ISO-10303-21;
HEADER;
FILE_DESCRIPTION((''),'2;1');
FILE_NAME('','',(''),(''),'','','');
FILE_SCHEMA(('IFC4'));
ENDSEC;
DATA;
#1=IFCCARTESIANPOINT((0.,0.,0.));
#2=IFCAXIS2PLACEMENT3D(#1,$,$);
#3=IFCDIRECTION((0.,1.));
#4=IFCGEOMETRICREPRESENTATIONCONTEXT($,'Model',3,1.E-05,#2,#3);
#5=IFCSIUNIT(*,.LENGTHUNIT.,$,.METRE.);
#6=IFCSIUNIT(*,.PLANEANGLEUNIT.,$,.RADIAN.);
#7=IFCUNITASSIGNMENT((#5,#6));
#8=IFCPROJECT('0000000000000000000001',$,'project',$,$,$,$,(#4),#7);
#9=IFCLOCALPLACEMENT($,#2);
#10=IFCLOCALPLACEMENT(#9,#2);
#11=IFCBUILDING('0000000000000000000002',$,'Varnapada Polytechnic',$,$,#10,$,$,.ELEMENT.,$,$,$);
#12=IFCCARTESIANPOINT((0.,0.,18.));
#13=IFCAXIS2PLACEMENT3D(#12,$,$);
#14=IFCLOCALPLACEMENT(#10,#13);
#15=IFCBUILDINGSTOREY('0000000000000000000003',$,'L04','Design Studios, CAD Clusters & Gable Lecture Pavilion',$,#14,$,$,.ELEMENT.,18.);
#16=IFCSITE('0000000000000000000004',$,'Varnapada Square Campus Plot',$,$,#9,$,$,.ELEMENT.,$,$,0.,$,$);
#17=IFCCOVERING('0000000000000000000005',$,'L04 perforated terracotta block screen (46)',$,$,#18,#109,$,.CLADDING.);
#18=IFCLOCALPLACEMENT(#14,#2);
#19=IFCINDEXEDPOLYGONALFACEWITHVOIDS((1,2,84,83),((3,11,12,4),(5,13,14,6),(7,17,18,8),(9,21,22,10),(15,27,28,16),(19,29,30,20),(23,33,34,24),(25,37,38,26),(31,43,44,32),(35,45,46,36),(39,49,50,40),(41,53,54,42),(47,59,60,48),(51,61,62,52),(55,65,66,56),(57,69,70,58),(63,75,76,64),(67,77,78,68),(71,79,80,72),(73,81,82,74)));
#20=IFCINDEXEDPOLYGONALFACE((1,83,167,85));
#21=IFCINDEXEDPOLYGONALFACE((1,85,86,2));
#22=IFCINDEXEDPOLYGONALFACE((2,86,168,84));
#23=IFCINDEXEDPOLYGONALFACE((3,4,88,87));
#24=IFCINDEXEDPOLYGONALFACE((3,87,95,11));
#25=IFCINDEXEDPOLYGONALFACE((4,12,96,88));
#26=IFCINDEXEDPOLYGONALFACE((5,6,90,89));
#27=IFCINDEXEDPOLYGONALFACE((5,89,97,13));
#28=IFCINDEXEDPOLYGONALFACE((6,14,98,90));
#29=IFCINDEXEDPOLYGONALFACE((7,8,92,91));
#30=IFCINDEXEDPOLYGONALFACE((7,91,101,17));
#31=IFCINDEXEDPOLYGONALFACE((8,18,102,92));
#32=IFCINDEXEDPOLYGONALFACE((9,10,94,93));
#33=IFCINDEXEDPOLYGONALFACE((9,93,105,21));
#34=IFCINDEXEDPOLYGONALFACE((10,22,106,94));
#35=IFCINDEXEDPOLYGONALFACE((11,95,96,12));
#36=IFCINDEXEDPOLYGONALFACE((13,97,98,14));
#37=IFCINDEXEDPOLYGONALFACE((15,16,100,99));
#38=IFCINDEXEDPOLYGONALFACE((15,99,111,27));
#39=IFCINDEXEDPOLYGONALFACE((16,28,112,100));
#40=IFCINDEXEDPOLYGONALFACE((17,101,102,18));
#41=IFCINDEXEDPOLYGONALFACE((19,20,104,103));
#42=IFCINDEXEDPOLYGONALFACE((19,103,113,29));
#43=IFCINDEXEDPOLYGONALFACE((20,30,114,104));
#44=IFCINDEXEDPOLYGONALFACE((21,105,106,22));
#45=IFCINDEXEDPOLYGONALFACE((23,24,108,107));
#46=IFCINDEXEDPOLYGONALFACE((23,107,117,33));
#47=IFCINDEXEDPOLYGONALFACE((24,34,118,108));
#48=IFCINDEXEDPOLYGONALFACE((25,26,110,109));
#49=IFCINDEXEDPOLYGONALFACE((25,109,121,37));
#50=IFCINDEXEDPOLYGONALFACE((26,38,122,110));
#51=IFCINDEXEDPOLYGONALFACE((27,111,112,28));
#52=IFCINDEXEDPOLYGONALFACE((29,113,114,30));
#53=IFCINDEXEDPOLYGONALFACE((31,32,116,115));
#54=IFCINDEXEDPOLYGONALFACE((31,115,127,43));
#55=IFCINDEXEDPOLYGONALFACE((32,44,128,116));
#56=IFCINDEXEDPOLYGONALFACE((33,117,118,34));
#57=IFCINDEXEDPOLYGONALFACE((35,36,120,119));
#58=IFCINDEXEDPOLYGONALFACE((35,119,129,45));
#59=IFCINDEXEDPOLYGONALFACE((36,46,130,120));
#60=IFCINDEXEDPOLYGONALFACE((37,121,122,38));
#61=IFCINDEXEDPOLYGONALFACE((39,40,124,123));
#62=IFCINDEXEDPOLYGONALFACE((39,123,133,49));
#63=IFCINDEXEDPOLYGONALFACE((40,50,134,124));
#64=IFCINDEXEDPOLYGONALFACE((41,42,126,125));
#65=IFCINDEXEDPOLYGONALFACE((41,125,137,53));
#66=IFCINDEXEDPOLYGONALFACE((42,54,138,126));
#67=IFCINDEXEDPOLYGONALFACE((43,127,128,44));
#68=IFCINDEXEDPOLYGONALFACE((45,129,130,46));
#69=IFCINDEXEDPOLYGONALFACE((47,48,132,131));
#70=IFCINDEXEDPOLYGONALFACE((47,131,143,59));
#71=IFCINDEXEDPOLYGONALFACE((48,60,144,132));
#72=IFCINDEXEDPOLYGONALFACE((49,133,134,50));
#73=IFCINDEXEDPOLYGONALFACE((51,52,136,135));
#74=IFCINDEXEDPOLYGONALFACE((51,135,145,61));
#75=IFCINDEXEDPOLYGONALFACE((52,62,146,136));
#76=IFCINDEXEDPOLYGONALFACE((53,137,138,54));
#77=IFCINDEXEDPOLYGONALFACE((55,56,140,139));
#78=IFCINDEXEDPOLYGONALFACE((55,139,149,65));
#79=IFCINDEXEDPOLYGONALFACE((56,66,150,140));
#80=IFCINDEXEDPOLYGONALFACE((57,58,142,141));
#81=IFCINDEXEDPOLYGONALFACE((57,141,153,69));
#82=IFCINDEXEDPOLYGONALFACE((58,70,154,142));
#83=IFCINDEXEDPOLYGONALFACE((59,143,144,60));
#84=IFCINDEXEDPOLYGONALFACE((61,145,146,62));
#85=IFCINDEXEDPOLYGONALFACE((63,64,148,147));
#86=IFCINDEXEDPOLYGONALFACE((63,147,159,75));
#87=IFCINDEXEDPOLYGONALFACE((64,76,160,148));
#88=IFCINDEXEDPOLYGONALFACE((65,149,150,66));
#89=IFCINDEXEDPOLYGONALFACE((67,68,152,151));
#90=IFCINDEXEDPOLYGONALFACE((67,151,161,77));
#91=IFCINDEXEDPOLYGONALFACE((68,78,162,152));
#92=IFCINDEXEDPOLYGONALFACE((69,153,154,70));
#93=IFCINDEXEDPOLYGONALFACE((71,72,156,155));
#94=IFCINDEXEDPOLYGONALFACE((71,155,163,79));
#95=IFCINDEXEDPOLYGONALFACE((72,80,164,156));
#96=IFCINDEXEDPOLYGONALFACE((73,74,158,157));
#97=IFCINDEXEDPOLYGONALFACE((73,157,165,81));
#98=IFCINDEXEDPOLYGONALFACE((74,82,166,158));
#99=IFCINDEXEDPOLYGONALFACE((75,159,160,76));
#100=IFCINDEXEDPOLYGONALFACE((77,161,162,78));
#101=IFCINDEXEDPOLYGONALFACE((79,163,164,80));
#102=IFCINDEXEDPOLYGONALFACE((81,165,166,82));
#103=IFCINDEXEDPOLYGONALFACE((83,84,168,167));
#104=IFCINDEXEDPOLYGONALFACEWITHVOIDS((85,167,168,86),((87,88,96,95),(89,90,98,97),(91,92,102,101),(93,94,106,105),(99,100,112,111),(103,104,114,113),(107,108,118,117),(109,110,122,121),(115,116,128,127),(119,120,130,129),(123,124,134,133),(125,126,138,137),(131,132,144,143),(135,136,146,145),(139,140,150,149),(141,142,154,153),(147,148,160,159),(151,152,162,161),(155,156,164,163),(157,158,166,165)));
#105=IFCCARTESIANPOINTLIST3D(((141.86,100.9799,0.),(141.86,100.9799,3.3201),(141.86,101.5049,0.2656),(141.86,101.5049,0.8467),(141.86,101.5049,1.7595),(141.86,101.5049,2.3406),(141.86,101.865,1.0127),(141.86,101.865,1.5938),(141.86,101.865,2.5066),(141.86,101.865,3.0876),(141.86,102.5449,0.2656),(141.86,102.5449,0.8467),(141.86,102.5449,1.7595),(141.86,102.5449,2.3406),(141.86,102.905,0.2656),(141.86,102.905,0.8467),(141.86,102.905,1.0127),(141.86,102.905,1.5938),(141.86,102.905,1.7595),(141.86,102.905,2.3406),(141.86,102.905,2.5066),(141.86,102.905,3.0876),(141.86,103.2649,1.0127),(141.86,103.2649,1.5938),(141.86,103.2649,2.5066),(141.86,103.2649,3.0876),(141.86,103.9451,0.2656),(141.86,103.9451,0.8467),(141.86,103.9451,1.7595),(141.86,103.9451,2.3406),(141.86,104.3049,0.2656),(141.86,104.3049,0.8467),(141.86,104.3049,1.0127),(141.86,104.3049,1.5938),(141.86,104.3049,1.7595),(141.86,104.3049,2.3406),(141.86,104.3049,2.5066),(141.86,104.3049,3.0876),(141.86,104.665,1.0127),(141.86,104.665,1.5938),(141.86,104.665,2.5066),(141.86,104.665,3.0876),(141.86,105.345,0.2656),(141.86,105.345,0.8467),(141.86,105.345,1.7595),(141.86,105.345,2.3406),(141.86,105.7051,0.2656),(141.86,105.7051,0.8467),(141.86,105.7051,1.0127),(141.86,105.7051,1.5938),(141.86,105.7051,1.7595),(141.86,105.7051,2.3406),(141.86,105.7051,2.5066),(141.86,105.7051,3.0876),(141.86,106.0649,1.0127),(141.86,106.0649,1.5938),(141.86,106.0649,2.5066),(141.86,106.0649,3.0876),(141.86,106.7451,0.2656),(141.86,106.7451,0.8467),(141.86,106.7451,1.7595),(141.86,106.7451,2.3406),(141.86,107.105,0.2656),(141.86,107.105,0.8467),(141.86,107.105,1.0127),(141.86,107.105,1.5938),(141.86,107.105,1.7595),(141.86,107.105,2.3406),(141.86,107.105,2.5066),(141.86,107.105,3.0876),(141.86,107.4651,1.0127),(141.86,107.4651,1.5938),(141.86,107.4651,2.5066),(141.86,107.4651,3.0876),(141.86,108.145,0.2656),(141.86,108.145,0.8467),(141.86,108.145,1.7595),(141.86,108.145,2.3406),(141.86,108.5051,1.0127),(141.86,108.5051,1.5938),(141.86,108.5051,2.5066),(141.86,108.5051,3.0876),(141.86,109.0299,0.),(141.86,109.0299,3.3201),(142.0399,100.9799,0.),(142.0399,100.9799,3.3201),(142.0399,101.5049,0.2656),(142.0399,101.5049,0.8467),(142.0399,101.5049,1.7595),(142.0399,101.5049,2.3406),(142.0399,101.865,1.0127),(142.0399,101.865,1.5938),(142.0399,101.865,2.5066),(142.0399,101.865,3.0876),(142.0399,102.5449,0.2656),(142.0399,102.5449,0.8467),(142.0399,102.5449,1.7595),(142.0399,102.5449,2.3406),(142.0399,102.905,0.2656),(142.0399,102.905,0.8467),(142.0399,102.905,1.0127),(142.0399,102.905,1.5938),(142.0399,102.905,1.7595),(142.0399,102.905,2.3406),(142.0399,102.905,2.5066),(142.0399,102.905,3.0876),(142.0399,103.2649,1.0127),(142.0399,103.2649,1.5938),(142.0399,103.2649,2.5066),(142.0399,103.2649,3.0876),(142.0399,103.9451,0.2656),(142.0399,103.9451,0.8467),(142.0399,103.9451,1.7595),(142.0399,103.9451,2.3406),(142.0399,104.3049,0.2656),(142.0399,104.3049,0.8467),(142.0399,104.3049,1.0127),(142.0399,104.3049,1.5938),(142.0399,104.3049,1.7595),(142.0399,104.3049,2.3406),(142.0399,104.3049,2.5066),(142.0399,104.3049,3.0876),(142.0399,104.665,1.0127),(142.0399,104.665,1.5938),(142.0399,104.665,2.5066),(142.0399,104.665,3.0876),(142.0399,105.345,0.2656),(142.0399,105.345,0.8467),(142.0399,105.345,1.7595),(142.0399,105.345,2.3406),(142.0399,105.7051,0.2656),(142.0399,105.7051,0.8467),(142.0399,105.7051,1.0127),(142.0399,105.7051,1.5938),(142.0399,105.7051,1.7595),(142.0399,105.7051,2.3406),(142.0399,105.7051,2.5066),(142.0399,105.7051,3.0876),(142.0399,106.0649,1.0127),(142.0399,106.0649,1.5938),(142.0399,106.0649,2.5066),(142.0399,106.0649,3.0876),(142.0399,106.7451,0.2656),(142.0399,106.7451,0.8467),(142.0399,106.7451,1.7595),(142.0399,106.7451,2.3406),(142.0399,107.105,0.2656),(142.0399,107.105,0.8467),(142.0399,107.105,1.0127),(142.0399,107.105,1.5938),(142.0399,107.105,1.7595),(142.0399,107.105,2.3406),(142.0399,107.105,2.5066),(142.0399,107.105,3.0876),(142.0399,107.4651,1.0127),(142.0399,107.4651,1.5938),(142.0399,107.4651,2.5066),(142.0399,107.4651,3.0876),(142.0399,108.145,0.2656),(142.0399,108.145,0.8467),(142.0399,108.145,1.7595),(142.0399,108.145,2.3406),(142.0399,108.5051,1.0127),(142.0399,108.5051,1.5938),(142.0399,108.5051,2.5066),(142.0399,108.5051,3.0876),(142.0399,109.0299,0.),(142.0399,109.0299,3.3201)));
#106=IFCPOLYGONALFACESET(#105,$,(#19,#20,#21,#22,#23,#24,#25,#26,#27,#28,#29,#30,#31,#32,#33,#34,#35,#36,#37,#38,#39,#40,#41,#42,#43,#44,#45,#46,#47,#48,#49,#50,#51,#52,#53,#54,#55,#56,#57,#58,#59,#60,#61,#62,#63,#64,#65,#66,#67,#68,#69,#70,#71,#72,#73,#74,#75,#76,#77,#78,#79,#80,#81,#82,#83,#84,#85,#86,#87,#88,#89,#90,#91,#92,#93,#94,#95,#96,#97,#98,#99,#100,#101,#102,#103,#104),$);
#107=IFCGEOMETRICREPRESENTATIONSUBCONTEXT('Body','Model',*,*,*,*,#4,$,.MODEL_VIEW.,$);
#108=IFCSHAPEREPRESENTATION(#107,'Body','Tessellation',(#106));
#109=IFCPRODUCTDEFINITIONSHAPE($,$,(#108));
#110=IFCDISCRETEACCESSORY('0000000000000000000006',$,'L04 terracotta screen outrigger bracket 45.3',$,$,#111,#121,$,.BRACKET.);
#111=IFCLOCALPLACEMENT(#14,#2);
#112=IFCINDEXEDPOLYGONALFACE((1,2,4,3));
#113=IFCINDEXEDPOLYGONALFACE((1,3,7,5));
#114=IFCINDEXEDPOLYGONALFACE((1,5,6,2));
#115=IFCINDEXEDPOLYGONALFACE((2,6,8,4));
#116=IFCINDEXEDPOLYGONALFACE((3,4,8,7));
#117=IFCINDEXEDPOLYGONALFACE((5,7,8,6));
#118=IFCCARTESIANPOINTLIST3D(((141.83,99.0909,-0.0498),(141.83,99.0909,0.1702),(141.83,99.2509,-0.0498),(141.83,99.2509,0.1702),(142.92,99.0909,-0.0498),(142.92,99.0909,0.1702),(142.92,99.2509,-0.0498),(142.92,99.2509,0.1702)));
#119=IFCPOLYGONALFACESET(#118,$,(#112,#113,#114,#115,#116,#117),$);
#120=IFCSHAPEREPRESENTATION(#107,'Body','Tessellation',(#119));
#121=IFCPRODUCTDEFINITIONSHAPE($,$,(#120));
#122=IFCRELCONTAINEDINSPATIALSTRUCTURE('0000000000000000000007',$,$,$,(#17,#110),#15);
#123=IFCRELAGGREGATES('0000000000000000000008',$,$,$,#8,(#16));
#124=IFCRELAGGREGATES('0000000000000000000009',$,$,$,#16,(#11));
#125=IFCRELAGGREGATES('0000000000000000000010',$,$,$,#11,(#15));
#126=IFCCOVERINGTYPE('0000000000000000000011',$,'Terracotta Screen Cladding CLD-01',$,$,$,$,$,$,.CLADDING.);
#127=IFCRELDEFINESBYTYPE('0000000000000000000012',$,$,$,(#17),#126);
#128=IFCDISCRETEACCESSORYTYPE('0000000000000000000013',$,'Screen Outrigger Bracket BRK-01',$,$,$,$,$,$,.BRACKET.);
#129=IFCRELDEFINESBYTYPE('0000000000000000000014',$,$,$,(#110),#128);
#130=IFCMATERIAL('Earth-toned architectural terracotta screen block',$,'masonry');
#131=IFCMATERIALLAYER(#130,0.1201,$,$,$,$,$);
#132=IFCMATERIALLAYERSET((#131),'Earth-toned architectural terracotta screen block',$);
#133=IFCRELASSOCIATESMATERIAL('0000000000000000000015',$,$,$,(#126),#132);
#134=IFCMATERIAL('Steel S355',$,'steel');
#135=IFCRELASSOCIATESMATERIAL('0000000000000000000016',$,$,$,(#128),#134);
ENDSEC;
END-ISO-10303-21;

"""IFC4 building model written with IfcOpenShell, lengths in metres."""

from ifc_helpers import new_model, si_unit, direction, frame, frame_2d, origin, origin_2d, place, context, subcontext, project, spatial, rectangle, extrude, material, layer, layer_set, type_object, element, save


model = new_model("IFC4")

# Units and contexts
model_context = context("Model", 3, precision=1e-05, world=origin(), true_north=direction((0.0, 1.0)))
body_context = subcontext(model_context, "Body", "Model", "MODEL_VIEW")
ifc_project = project(units=[si_unit("LENGTHUNIT", "METRE"), si_unit("PLANEANGLEUNIT", "RADIAN")], contexts=[model_context])

# Site, building, storey
site_placement = place(None, origin())
site = spatial("IfcSite", under=ifc_project, at=site_placement, Name="Varnapada Square Campus Plot", CompositionType="ELEMENT", RefElevation=0.0)
building_placement = place(site_placement, origin())
building = spatial("IfcBuilding", under=site, at=building_placement, Name="Varnapada Polytechnic", CompositionType="ELEMENT")
storey_placement = place(building_placement, frame((0.0, 0.0, 18.0)))
storey = spatial("IfcBuildingStorey", under=building, at=storey_placement, Name="L04", Description="Design Studios, CAD Clusters & Gable Lecture Pavilion", CompositionType="ELEMENT", Elevation=18.0)

# Covering, openings
ifc_material_1 = material(Name="Earth-toned architectural terracotta screen block", Category="masonry")
ifc_layer_1 = layer(ifc_material_1, 0.1201)
ifc_layer_set_1 = layer_set([ifc_layer_1], Name="Earth-toned architectural terracotta screen block")
covering_type = type_object("IfcCoveringType", Name="Terracotta Screen Cladding CLD-01", PredefinedType="CLADDING", material=ifc_layer_set_1)
covering_placement = place(storey_placement, frame((141.95, 100.98, 0.0), z_axis=(0.0, 0.0, 1.0), x_axis=(0.0, 1.0, 0.0)))
covering = element("IfcCovering", 1, at=covering_placement, inside=storey, type_object=covering_type, Name="L04 perforated terracotta block screen (46)", PredefinedType="CLADDING", context=body_context, shape_type="SweptSolid", body=[
    extrude(rectangle(XDim=8.05, YDim=0.1799, at=frame_2d((4.0249, 0.0))), origin(), (0.0, 0.0, 1.0), 3.3201),
])
opening_1_placement = place(covering_placement, frame((0.5249, 0.0, 0.2656)))
element("IfcOpeningElement", 2, at=opening_1_placement, cuts=covering, PredefinedType="OPENING", context=body_context, shape_type="SweptSolid", body=[
    extrude(rectangle(XDim=1.04, YDim=0.5811, at=frame_2d((0.52, 0.2905))), frame((0.0, 0.0999, 0.0), z_axis=(0.0, -1.0, 0.0), x_axis=(1.0, 0.0, 0.0)), (0.0, 0.0, 1.0), 0.2),
])
opening_2_placement = place(covering_placement, frame((1.925, 0.0, 0.2656)))
element("IfcOpeningElement", 3, at=opening_2_placement, cuts=covering, PredefinedType="OPENING", context=body_context, shape_type="SweptSolid", body=[
    extrude(rectangle(XDim=1.04, YDim=0.5811, at=frame_2d((0.52, 0.2905))), frame((0.0, 0.0999, 0.0), z_axis=(0.0, -1.0, 0.0), x_axis=(1.0, 0.0, 0.0)), (0.0, 0.0, 1.0), 0.2),
])
opening_3_placement = place(covering_placement, frame((3.325, 0.0, 0.2656)))
element("IfcOpeningElement", 4, at=opening_3_placement, cuts=covering, PredefinedType="OPENING", context=body_context, shape_type="SweptSolid", body=[
    extrude(rectangle(XDim=1.04, YDim=0.5811, at=frame_2d((0.52, 0.2905))), frame((0.0, 0.0999, 0.0), z_axis=(0.0, -1.0, 0.0), x_axis=(1.0, 0.0, 0.0)), (0.0, 0.0, 1.0), 0.2),
])
opening_4_placement = place(covering_placement, frame((4.7251, 0.0, 0.2656)))
element("IfcOpeningElement", 5, at=opening_4_placement, cuts=covering, PredefinedType="OPENING", context=body_context, shape_type="SweptSolid", body=[
    extrude(rectangle(XDim=1.04, YDim=0.5811, at=frame_2d((0.52, 0.2905))), frame((0.0, 0.0999, 0.0), z_axis=(0.0, -1.0, 0.0), x_axis=(1.0, 0.0, 0.0)), (0.0, 0.0, 1.0), 0.2),
])
opening_5_placement = place(covering_placement, frame((6.125, 0.0, 0.2656)))
element("IfcOpeningElement", 6, at=opening_5_placement, cuts=covering, PredefinedType="OPENING", context=body_context, shape_type="SweptSolid", body=[
    extrude(rectangle(XDim=1.04, YDim=0.5811, at=frame_2d((0.52, 0.2905))), frame((0.0, 0.0999, 0.0), z_axis=(0.0, -1.0, 0.0), x_axis=(1.0, 0.0, 0.0)), (0.0, 0.0, 1.0), 0.2),
])
opening_6_placement = place(covering_placement, frame((0.885, 0.0, 1.0127)))
element("IfcOpeningElement", 7, at=opening_6_placement, cuts=covering, PredefinedType="OPENING", context=body_context, shape_type="SweptSolid", body=[
    extrude(rectangle(XDim=1.04, YDim=0.5811, at=frame_2d((0.52, 0.2905))), frame((0.0, 0.0999, 0.0), z_axis=(0.0, -1.0, 0.0), x_axis=(1.0, 0.0, 0.0)), (0.0, 0.0, 1.0), 0.2),
])
opening_7_placement = place(covering_placement, frame((2.2849, 0.0, 1.0127)))
element("IfcOpeningElement", 8, at=opening_7_placement, cuts=covering, PredefinedType="OPENING", context=body_context, shape_type="SweptSolid", body=[
    extrude(rectangle(XDim=1.04, YDim=0.5811, at=frame_2d((0.52, 0.2905))), frame((0.0, 0.0999, 0.0), z_axis=(0.0, -1.0, 0.0), x_axis=(1.0, 0.0, 0.0)), (0.0, 0.0, 1.0), 0.2),
])
opening_8_placement = place(covering_placement, frame((3.6851, 0.0, 1.0127)))
element("IfcOpeningElement", 9, at=opening_8_placement, cuts=covering, PredefinedType="OPENING", context=body_context, shape_type="SweptSolid", body=[
    extrude(rectangle(XDim=1.04, YDim=0.5811, at=frame_2d((0.52, 0.2905))), frame((0.0, 0.0999, 0.0), z_axis=(0.0, -1.0, 0.0), x_axis=(1.0, 0.0, 0.0)), (0.0, 0.0, 1.0), 0.2),
])
opening_9_placement = place(covering_placement, frame((5.085, 0.0, 1.0127)))
element("IfcOpeningElement", 10, at=opening_9_placement, cuts=covering, PredefinedType="OPENING", context=body_context, shape_type="SweptSolid", body=[
    extrude(rectangle(XDim=1.04, YDim=0.5811, at=frame_2d((0.52, 0.2905))), frame((0.0, 0.0999, 0.0), z_axis=(0.0, -1.0, 0.0), x_axis=(1.0, 0.0, 0.0)), (0.0, 0.0, 1.0), 0.2),
])
opening_10_placement = place(covering_placement, frame((6.4851, 0.0, 1.0127)))
element("IfcOpeningElement", 11, at=opening_10_placement, cuts=covering, PredefinedType="OPENING", context=body_context, shape_type="SweptSolid", body=[
    extrude(rectangle(XDim=1.04, YDim=0.5811, at=frame_2d((0.52, 0.2905))), frame((0.0, 0.0999, 0.0), z_axis=(0.0, -1.0, 0.0), x_axis=(1.0, 0.0, 0.0)), (0.0, 0.0, 1.0), 0.2),
])
opening_11_placement = place(covering_placement, frame((0.5249, 0.0, 1.7595)))
element("IfcOpeningElement", 12, at=opening_11_placement, cuts=covering, PredefinedType="OPENING", context=body_context, shape_type="SweptSolid", body=[
    extrude(rectangle(XDim=1.04, YDim=0.5811, at=frame_2d((0.52, 0.2905))), frame((0.0, 0.0999, 0.0), z_axis=(0.0, -1.0, 0.0), x_axis=(1.0, 0.0, 0.0)), (0.0, 0.0, 1.0), 0.2),
])
opening_12_placement = place(covering_placement, frame((1.925, 0.0, 1.7595)))
element("IfcOpeningElement", 13, at=opening_12_placement, cuts=covering, PredefinedType="OPENING", context=body_context, shape_type="SweptSolid", body=[
    extrude(rectangle(XDim=1.04, YDim=0.5811, at=frame_2d((0.52, 0.2905))), frame((0.0, 0.0999, 0.0), z_axis=(0.0, -1.0, 0.0), x_axis=(1.0, 0.0, 0.0)), (0.0, 0.0, 1.0), 0.2),
])
opening_13_placement = place(covering_placement, frame((3.325, 0.0, 1.7595)))
element("IfcOpeningElement", 14, at=opening_13_placement, cuts=covering, PredefinedType="OPENING", context=body_context, shape_type="SweptSolid", body=[
    extrude(rectangle(XDim=1.04, YDim=0.5811, at=frame_2d((0.52, 0.2905))), frame((0.0, 0.0999, 0.0), z_axis=(0.0, -1.0, 0.0), x_axis=(1.0, 0.0, 0.0)), (0.0, 0.0, 1.0), 0.2),
])
opening_14_placement = place(covering_placement, frame((4.7251, 0.0, 1.7595)))
element("IfcOpeningElement", 15, at=opening_14_placement, cuts=covering, PredefinedType="OPENING", context=body_context, shape_type="SweptSolid", body=[
    extrude(rectangle(XDim=1.04, YDim=0.5811, at=frame_2d((0.52, 0.2905))), frame((0.0, 0.0999, 0.0), z_axis=(0.0, -1.0, 0.0), x_axis=(1.0, 0.0, 0.0)), (0.0, 0.0, 1.0), 0.2),
])
opening_15_placement = place(covering_placement, frame((6.125, 0.0, 1.7595)))
element("IfcOpeningElement", 16, at=opening_15_placement, cuts=covering, PredefinedType="OPENING", context=body_context, shape_type="SweptSolid", body=[
    extrude(rectangle(XDim=1.04, YDim=0.5811, at=frame_2d((0.52, 0.2905))), frame((0.0, 0.0999, 0.0), z_axis=(0.0, -1.0, 0.0), x_axis=(1.0, 0.0, 0.0)), (0.0, 0.0, 1.0), 0.2),
])
opening_16_placement = place(covering_placement, frame((0.885, 0.0, 2.5066)))
element("IfcOpeningElement", 17, at=opening_16_placement, cuts=covering, PredefinedType="OPENING", context=body_context, shape_type="SweptSolid", body=[
    extrude(rectangle(XDim=1.04, YDim=0.5811, at=frame_2d((0.52, 0.2905))), frame((0.0, 0.0999, 0.0), z_axis=(0.0, -1.0, 0.0), x_axis=(1.0, 0.0, 0.0)), (0.0, 0.0, 1.0), 0.2),
])
opening_17_placement = place(covering_placement, frame((2.2849, 0.0, 2.5066)))
element("IfcOpeningElement", 18, at=opening_17_placement, cuts=covering, PredefinedType="OPENING", context=body_context, shape_type="SweptSolid", body=[
    extrude(rectangle(XDim=1.04, YDim=0.5811, at=frame_2d((0.52, 0.2905))), frame((0.0, 0.0999, 0.0), z_axis=(0.0, -1.0, 0.0), x_axis=(1.0, 0.0, 0.0)), (0.0, 0.0, 1.0), 0.2),
])
opening_18_placement = place(covering_placement, frame((3.6851, 0.0, 2.5066)))
element("IfcOpeningElement", 19, at=opening_18_placement, cuts=covering, PredefinedType="OPENING", context=body_context, shape_type="SweptSolid", body=[
    extrude(rectangle(XDim=1.04, YDim=0.5811, at=frame_2d((0.52, 0.2905))), frame((0.0, 0.0999, 0.0), z_axis=(0.0, -1.0, 0.0), x_axis=(1.0, 0.0, 0.0)), (0.0, 0.0, 1.0), 0.2),
])
opening_19_placement = place(covering_placement, frame((5.085, 0.0, 2.5066)))
element("IfcOpeningElement", 20, at=opening_19_placement, cuts=covering, PredefinedType="OPENING", context=body_context, shape_type="SweptSolid", body=[
    extrude(rectangle(XDim=1.04, YDim=0.5811, at=frame_2d((0.52, 0.2905))), frame((0.0, 0.0999, 0.0), z_axis=(0.0, -1.0, 0.0), x_axis=(1.0, 0.0, 0.0)), (0.0, 0.0, 1.0), 0.2),
])
opening_20_placement = place(covering_placement, frame((6.4851, 0.0, 2.5066)))
element("IfcOpeningElement", 21, at=opening_20_placement, cuts=covering, PredefinedType="OPENING", context=body_context, shape_type="SweptSolid", body=[
    extrude(rectangle(XDim=1.04, YDim=0.5811, at=frame_2d((0.52, 0.2905))), frame((0.0, 0.0999, 0.0), z_axis=(0.0, -1.0, 0.0), x_axis=(1.0, 0.0, 0.0)), (0.0, 0.0, 1.0), 0.2),
])

# Discrete accessory
ifc_material_2 = material(Name="Steel S355", Category="steel")
discrete_accessory_type = type_object("IfcDiscreteAccessoryType", Name="Screen Outrigger Bracket BRK-01", PredefinedType="BRACKET", material=ifc_material_2)
for number, where, z_axis, x_axis, name in (
    (22, (142.375, 99.1709, -0.0498), (0.0, 0.0, 1.0), (0.0, 1.0, 0.0), "L04 terracotta screen outrigger bracket 45.3"),
):
    element("IfcDiscreteAccessory", number, at=place(storey_placement, frame(where, z_axis=z_axis, x_axis=x_axis)), inside=storey, type_object=discrete_accessory_type, Name=name, PredefinedType="BRACKET", context=body_context, shape_type="SweptSolid", body=[
        extrude(rectangle(XDim=0.1599, YDim=1.0901, at=origin_2d()), origin(), (0.0, 0.0, 1.0), 0.22),
    ])

save(model, "model.ifc")
